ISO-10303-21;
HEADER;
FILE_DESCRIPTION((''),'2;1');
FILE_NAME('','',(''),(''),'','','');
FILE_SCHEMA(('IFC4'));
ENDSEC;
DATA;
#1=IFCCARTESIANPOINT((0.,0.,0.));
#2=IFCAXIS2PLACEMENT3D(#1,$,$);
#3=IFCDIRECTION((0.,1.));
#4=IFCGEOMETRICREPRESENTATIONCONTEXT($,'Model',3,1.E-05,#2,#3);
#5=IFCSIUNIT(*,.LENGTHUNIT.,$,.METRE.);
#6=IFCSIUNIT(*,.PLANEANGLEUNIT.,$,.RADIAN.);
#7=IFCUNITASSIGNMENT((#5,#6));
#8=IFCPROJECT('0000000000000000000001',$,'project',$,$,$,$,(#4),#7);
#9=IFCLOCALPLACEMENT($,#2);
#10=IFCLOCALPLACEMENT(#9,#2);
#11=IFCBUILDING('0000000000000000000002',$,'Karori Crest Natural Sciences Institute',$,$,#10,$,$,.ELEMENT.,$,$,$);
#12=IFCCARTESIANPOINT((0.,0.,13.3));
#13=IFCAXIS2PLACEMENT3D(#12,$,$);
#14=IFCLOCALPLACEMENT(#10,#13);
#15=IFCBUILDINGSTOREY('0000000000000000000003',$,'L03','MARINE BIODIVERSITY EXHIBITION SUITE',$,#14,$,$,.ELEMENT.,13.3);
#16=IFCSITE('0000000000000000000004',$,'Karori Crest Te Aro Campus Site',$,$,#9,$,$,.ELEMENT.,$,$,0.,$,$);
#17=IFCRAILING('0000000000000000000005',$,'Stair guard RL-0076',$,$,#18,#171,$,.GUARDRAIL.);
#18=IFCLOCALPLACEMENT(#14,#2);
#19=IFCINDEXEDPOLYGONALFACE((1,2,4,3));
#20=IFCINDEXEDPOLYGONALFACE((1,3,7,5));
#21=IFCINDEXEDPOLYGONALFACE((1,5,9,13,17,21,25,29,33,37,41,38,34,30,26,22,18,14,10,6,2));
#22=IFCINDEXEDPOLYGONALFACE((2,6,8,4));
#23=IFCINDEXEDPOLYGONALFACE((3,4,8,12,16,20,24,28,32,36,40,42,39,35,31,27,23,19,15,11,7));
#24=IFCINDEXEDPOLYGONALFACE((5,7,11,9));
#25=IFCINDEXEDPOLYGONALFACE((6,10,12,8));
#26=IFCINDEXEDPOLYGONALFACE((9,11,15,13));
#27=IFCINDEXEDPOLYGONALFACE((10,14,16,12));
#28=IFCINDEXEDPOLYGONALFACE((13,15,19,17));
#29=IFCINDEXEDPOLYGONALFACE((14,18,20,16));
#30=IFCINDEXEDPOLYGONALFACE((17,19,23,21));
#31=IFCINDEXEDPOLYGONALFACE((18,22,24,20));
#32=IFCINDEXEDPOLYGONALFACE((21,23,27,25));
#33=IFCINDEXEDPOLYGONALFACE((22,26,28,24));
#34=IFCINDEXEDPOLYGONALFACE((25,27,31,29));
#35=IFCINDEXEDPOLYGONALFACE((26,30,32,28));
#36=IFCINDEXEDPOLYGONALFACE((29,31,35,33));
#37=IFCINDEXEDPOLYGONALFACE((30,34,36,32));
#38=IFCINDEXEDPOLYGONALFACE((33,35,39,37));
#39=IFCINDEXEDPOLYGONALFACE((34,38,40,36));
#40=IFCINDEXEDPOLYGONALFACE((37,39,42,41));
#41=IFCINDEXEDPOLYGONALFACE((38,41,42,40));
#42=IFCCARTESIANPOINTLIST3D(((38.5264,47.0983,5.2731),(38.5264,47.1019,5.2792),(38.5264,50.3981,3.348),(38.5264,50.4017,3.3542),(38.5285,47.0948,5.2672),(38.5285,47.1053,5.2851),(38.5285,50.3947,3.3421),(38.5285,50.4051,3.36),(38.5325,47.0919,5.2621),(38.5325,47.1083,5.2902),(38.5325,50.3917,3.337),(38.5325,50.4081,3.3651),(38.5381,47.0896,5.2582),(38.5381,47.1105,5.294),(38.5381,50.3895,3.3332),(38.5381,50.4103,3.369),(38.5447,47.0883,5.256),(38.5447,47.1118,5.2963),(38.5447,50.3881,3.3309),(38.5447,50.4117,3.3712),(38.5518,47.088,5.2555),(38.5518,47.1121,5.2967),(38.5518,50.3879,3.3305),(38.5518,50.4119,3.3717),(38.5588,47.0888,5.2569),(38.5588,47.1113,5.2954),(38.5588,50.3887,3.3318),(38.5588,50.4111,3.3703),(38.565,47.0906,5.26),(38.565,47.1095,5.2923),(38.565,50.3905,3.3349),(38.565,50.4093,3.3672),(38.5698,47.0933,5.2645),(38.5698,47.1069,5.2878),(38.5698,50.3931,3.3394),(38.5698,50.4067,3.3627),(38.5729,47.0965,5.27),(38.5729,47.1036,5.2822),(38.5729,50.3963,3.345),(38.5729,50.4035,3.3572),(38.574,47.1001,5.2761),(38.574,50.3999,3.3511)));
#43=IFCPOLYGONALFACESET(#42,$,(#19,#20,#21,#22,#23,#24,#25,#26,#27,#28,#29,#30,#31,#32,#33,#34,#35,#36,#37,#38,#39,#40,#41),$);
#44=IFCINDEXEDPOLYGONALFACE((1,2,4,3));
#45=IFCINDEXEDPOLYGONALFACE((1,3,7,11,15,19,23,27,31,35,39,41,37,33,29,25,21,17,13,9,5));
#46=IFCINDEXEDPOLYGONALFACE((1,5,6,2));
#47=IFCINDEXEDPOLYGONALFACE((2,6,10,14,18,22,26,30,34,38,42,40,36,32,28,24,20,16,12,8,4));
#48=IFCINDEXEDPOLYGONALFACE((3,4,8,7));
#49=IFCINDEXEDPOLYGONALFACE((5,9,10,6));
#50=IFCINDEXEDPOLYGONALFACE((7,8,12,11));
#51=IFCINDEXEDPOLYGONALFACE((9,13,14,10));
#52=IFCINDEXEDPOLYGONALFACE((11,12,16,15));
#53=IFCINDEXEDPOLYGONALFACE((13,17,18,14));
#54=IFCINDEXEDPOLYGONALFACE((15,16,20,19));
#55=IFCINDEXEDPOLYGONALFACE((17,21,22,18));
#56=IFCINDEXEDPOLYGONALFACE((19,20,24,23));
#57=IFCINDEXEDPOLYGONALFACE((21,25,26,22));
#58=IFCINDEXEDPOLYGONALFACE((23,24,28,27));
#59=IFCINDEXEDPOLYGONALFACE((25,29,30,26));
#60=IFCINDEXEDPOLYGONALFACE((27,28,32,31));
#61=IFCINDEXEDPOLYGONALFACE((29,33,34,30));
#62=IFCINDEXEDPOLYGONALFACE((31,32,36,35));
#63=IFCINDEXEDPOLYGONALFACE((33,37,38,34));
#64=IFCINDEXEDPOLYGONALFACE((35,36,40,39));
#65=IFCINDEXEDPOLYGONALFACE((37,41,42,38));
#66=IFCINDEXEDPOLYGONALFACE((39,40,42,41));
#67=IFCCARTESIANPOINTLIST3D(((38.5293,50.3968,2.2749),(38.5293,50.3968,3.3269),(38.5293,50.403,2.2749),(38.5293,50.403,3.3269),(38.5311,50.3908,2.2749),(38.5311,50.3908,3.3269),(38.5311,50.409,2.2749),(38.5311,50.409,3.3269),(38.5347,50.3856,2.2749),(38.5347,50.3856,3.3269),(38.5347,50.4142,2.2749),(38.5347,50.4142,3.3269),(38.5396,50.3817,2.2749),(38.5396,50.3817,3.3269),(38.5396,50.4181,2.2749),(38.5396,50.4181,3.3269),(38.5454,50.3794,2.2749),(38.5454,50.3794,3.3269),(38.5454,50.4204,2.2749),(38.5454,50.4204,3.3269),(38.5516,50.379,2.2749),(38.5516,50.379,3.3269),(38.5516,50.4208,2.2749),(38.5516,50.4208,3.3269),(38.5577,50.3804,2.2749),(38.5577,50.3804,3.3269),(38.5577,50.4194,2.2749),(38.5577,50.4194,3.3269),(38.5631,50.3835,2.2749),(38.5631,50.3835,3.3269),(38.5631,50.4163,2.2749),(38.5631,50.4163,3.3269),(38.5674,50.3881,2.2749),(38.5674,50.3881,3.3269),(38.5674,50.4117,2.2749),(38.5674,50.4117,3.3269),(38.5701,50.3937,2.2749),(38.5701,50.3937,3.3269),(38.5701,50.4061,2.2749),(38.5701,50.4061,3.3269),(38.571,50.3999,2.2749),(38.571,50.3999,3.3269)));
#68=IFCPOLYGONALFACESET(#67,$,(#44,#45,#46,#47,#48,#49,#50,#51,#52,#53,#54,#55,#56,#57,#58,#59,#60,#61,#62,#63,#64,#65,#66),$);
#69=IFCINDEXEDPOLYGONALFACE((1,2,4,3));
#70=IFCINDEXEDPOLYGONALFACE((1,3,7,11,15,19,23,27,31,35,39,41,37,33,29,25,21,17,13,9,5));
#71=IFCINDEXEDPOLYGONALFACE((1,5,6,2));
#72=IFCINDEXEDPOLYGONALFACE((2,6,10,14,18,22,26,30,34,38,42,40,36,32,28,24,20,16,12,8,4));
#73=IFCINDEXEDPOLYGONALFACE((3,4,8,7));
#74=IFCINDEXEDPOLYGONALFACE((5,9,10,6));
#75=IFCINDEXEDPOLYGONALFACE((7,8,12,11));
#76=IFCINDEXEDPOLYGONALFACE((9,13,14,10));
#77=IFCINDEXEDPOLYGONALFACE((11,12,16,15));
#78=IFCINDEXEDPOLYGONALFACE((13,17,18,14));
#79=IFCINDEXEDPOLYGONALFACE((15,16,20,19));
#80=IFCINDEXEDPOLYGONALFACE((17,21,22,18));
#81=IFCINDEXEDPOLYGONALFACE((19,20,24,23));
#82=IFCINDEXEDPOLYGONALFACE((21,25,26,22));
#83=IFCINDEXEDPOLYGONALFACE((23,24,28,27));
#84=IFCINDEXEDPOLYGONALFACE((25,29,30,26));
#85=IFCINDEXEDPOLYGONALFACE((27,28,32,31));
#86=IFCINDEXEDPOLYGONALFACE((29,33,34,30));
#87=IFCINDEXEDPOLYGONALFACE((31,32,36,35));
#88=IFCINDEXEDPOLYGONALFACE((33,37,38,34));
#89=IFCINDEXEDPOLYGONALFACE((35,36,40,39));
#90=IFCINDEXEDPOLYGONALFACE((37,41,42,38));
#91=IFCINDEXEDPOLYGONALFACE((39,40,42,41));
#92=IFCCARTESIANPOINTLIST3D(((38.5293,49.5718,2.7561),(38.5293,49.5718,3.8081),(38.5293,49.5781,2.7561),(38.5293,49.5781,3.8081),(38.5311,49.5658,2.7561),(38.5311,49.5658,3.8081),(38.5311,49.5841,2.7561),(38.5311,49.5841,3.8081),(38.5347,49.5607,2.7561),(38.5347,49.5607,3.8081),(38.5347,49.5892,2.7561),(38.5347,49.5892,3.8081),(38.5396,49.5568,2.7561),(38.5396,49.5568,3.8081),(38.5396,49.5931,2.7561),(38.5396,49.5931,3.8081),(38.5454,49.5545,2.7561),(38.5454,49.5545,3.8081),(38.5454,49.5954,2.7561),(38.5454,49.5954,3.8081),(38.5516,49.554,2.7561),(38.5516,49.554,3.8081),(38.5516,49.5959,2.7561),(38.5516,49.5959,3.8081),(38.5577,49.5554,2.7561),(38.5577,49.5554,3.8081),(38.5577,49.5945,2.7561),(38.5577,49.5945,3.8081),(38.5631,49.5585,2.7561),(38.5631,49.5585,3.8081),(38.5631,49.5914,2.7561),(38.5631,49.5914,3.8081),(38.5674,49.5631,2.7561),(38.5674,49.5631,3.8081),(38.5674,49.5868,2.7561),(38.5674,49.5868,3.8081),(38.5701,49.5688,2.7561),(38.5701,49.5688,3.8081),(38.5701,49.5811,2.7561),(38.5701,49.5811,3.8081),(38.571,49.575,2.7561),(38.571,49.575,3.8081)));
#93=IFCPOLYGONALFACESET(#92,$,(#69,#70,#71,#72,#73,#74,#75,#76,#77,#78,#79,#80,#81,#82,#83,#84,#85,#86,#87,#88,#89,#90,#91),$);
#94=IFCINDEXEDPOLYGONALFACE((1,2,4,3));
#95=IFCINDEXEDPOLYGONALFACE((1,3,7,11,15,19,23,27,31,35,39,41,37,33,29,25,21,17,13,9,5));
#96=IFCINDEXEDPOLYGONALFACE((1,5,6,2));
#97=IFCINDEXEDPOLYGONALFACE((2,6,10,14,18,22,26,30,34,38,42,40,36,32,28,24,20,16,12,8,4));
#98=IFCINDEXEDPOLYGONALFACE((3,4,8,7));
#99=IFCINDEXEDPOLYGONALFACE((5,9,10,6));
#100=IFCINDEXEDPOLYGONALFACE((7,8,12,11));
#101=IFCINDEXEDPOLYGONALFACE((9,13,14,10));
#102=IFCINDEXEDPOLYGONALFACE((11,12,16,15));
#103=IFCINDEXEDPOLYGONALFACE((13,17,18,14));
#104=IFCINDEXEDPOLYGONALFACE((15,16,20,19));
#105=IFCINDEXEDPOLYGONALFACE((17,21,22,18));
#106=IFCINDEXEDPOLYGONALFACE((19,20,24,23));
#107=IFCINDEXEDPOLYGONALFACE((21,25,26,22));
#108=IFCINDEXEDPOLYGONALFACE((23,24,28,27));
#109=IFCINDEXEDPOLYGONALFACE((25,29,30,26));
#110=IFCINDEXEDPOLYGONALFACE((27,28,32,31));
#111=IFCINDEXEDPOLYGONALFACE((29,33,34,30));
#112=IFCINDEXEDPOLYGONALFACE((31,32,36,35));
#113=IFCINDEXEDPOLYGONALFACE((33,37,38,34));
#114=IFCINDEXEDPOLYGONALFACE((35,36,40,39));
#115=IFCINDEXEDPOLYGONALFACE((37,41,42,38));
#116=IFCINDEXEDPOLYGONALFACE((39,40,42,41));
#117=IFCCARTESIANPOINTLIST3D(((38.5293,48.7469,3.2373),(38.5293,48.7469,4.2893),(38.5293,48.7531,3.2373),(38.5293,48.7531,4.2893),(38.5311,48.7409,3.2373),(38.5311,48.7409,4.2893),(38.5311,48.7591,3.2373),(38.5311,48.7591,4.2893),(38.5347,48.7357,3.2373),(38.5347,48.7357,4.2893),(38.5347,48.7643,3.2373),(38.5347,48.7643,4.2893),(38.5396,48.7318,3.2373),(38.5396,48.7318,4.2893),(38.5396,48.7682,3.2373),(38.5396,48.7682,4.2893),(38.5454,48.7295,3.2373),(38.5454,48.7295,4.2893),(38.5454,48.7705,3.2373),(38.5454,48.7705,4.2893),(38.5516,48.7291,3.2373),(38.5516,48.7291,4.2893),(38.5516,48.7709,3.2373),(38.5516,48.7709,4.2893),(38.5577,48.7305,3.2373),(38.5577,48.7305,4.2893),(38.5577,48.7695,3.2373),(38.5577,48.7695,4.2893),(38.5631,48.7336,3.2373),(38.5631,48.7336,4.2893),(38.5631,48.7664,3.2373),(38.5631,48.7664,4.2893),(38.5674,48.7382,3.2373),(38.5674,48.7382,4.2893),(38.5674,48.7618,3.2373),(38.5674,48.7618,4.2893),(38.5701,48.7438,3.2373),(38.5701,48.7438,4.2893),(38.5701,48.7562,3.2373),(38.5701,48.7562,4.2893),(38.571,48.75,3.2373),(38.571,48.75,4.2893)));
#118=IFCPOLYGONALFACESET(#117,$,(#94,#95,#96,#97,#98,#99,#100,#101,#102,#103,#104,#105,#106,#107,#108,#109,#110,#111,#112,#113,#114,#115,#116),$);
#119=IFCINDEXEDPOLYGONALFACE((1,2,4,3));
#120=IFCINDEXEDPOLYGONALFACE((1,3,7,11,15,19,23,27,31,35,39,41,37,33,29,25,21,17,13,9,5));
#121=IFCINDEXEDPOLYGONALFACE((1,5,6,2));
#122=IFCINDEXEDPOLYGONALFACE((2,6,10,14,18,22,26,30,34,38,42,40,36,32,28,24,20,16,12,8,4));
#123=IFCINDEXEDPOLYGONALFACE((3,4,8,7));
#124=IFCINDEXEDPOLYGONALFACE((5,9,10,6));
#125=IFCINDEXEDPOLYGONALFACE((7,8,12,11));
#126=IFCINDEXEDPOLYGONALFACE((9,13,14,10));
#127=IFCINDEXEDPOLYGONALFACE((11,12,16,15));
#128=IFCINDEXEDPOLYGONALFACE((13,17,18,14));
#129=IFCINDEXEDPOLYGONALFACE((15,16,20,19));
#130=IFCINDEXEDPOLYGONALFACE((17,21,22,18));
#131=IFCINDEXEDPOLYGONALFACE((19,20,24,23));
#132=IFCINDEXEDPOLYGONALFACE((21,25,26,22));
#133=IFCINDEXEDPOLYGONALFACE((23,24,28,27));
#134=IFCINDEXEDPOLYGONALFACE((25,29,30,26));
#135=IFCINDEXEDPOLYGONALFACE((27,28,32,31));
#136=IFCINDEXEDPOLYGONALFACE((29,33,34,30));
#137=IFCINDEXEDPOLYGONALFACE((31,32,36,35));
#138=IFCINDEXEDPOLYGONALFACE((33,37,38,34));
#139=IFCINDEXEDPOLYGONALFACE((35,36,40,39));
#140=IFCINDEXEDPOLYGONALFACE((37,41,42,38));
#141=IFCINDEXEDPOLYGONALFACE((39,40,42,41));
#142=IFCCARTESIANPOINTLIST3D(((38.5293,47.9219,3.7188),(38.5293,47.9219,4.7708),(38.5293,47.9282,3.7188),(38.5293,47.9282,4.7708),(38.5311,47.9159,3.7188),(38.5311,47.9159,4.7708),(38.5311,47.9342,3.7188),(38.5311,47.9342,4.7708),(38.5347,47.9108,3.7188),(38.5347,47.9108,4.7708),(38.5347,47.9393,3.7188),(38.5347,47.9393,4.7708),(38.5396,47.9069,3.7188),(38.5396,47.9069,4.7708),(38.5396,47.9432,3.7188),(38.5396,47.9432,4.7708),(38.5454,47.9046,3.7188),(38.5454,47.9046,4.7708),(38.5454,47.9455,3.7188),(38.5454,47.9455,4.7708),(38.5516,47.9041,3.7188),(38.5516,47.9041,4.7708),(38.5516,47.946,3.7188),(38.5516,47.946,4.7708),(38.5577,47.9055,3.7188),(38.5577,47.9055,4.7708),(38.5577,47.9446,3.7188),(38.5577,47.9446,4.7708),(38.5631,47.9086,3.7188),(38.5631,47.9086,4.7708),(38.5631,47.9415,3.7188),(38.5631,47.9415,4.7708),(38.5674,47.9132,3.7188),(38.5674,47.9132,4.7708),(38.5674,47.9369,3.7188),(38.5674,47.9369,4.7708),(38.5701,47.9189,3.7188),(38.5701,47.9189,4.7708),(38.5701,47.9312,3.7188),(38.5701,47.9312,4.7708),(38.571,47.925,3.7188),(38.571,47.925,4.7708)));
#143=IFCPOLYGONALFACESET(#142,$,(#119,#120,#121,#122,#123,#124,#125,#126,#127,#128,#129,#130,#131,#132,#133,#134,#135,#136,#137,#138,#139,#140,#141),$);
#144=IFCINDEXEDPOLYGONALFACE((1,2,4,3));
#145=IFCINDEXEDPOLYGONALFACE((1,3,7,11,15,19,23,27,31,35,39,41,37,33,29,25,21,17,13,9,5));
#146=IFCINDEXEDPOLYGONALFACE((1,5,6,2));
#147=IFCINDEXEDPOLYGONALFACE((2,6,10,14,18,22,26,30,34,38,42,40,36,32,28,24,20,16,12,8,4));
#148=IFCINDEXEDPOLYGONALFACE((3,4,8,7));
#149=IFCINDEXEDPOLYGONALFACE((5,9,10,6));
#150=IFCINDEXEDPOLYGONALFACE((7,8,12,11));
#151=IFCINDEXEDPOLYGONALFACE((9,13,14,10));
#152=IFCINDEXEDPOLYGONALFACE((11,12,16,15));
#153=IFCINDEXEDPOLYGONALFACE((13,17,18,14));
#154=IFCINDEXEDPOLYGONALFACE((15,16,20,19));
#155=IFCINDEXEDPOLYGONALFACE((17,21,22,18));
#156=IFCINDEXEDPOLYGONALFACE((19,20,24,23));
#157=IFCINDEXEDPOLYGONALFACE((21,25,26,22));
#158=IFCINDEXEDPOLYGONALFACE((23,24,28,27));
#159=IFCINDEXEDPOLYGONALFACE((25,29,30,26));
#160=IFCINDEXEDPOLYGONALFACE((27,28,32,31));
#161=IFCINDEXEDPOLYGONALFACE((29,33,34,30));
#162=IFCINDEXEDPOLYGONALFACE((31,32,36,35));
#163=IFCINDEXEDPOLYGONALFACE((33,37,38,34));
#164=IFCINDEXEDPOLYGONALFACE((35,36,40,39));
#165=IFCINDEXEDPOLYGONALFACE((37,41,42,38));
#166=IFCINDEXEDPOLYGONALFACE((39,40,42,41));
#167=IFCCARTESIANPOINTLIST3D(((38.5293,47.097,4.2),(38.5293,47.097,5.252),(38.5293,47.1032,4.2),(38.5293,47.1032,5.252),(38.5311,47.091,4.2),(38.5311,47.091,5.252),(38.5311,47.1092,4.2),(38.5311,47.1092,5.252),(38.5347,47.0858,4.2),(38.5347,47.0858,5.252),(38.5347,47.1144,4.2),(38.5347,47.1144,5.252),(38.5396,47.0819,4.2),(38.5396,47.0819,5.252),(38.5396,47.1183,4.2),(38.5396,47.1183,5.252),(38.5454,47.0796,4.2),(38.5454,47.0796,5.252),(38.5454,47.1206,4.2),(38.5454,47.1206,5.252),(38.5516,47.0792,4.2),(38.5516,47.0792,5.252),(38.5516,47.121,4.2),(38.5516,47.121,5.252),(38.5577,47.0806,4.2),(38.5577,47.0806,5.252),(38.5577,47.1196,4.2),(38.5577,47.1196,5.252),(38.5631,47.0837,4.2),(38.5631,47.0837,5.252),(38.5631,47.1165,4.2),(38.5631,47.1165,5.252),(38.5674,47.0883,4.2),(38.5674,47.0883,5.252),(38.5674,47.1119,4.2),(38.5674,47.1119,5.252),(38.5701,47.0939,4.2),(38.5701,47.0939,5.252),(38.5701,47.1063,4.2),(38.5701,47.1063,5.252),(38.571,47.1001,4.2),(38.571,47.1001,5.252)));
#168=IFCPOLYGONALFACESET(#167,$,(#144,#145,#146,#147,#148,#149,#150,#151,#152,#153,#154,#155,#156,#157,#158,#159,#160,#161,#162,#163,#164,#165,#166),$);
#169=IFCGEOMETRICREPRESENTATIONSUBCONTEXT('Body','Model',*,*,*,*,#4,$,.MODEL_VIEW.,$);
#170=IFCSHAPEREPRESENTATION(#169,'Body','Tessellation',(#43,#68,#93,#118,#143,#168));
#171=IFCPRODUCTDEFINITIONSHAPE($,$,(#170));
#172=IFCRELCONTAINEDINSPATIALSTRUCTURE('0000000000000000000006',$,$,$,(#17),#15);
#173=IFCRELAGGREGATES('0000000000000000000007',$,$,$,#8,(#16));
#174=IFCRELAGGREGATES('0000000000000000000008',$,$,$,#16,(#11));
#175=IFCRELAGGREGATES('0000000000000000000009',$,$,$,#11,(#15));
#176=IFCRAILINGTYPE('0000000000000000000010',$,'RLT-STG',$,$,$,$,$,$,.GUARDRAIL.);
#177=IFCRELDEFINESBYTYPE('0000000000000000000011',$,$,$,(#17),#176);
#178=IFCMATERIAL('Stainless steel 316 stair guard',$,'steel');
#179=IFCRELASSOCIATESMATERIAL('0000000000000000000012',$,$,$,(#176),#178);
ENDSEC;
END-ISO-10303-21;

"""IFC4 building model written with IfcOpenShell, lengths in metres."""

from ifc_helpers import new_model, si_unit, direction, frame, origin, origin_2d, place, context, subcontext, project, spatial, circle, extrude, material, type_object, element, save


model = new_model("IFC4")

# Units and contexts
model_context = context("Model", 3, precision=1e-05, world=origin(), true_north=direction((0.0, 1.0)))
body_context = subcontext(model_context, "Body", "Model", "MODEL_VIEW")
ifc_project = project(units=[si_unit("LENGTHUNIT", "METRE"), si_unit("PLANEANGLEUNIT", "RADIAN")], contexts=[model_context])

# Site, building, storey
site_placement = place(None, origin())
site = spatial("IfcSite", under=ifc_project, at=site_placement, Name="Karori Crest Te Aro Campus Site", CompositionType="ELEMENT", RefElevation=0.0)
building_placement = place(site_placement, origin())
building = spatial("IfcBuilding", under=site, at=building_placement, Name="Karori Crest Natural Sciences Institute", CompositionType="ELEMENT")
storey_placement = place(building_placement, frame((0.0, 0.0, 13.3)))
storey = spatial("IfcBuildingStorey", under=building, at=storey_placement, Name="L03", Description="MARINE BIODIVERSITY EXHIBITION SUITE", CompositionType="ELEMENT", Elevation=13.3)

# Railing
ifc_material_1 = material(Name="Stainless steel 316 stair guard", Category="steel")
railing_type_1 = type_object("IfcRailingType", Name="RLT-STG", PredefinedType="GUARDRAIL", material=ifc_material_1)
railing_1_placement = place(storey_placement, frame((38.55, 50.3999, 2.2749)))
element("IfcRailing", 1, at=railing_1_placement, inside=storey, type_object=railing_type_1, Name="Stair guard RL-0076", PredefinedType="GUARDRAIL", context=body_context, shape_type="SweptSolid", body=[
    extrude(circle(Radius=0.0239, at=origin_2d()), frame((0.0, 0.0, 1.0762), z_axis=(0.0, -0.86376, 0.503903), x_axis=(1.0, 0.0, 0.0)), (0.0, 0.0, 1.0), 3.8203),
    extrude(circle(Radius=0.021, at=origin_2d()), origin(), (0.0, 0.0, 1.0), 1.052),
    extrude(circle(Radius=0.021, at=origin_2d()), frame((0.0, -0.825, 0.4812)), (0.0, 0.0, 1.0), 1.052),
    extrude(circle(Radius=0.021, at=origin_2d()), frame((0.0, -1.6499, 0.9624)), (0.0, 0.0, 1.0), 1.052),
    extrude(circle(Radius=0.021, at=origin_2d()), frame((0.0, -2.4749, 1.4438)), (0.0, 0.0, 1.0), 1.052),
    extrude(circle(Radius=0.021, at=origin_2d()), frame((0.0, -3.2998, 1.925)), (0.0, 0.0, 1.0), 1.052),
])

save(model, "model.ifc")
